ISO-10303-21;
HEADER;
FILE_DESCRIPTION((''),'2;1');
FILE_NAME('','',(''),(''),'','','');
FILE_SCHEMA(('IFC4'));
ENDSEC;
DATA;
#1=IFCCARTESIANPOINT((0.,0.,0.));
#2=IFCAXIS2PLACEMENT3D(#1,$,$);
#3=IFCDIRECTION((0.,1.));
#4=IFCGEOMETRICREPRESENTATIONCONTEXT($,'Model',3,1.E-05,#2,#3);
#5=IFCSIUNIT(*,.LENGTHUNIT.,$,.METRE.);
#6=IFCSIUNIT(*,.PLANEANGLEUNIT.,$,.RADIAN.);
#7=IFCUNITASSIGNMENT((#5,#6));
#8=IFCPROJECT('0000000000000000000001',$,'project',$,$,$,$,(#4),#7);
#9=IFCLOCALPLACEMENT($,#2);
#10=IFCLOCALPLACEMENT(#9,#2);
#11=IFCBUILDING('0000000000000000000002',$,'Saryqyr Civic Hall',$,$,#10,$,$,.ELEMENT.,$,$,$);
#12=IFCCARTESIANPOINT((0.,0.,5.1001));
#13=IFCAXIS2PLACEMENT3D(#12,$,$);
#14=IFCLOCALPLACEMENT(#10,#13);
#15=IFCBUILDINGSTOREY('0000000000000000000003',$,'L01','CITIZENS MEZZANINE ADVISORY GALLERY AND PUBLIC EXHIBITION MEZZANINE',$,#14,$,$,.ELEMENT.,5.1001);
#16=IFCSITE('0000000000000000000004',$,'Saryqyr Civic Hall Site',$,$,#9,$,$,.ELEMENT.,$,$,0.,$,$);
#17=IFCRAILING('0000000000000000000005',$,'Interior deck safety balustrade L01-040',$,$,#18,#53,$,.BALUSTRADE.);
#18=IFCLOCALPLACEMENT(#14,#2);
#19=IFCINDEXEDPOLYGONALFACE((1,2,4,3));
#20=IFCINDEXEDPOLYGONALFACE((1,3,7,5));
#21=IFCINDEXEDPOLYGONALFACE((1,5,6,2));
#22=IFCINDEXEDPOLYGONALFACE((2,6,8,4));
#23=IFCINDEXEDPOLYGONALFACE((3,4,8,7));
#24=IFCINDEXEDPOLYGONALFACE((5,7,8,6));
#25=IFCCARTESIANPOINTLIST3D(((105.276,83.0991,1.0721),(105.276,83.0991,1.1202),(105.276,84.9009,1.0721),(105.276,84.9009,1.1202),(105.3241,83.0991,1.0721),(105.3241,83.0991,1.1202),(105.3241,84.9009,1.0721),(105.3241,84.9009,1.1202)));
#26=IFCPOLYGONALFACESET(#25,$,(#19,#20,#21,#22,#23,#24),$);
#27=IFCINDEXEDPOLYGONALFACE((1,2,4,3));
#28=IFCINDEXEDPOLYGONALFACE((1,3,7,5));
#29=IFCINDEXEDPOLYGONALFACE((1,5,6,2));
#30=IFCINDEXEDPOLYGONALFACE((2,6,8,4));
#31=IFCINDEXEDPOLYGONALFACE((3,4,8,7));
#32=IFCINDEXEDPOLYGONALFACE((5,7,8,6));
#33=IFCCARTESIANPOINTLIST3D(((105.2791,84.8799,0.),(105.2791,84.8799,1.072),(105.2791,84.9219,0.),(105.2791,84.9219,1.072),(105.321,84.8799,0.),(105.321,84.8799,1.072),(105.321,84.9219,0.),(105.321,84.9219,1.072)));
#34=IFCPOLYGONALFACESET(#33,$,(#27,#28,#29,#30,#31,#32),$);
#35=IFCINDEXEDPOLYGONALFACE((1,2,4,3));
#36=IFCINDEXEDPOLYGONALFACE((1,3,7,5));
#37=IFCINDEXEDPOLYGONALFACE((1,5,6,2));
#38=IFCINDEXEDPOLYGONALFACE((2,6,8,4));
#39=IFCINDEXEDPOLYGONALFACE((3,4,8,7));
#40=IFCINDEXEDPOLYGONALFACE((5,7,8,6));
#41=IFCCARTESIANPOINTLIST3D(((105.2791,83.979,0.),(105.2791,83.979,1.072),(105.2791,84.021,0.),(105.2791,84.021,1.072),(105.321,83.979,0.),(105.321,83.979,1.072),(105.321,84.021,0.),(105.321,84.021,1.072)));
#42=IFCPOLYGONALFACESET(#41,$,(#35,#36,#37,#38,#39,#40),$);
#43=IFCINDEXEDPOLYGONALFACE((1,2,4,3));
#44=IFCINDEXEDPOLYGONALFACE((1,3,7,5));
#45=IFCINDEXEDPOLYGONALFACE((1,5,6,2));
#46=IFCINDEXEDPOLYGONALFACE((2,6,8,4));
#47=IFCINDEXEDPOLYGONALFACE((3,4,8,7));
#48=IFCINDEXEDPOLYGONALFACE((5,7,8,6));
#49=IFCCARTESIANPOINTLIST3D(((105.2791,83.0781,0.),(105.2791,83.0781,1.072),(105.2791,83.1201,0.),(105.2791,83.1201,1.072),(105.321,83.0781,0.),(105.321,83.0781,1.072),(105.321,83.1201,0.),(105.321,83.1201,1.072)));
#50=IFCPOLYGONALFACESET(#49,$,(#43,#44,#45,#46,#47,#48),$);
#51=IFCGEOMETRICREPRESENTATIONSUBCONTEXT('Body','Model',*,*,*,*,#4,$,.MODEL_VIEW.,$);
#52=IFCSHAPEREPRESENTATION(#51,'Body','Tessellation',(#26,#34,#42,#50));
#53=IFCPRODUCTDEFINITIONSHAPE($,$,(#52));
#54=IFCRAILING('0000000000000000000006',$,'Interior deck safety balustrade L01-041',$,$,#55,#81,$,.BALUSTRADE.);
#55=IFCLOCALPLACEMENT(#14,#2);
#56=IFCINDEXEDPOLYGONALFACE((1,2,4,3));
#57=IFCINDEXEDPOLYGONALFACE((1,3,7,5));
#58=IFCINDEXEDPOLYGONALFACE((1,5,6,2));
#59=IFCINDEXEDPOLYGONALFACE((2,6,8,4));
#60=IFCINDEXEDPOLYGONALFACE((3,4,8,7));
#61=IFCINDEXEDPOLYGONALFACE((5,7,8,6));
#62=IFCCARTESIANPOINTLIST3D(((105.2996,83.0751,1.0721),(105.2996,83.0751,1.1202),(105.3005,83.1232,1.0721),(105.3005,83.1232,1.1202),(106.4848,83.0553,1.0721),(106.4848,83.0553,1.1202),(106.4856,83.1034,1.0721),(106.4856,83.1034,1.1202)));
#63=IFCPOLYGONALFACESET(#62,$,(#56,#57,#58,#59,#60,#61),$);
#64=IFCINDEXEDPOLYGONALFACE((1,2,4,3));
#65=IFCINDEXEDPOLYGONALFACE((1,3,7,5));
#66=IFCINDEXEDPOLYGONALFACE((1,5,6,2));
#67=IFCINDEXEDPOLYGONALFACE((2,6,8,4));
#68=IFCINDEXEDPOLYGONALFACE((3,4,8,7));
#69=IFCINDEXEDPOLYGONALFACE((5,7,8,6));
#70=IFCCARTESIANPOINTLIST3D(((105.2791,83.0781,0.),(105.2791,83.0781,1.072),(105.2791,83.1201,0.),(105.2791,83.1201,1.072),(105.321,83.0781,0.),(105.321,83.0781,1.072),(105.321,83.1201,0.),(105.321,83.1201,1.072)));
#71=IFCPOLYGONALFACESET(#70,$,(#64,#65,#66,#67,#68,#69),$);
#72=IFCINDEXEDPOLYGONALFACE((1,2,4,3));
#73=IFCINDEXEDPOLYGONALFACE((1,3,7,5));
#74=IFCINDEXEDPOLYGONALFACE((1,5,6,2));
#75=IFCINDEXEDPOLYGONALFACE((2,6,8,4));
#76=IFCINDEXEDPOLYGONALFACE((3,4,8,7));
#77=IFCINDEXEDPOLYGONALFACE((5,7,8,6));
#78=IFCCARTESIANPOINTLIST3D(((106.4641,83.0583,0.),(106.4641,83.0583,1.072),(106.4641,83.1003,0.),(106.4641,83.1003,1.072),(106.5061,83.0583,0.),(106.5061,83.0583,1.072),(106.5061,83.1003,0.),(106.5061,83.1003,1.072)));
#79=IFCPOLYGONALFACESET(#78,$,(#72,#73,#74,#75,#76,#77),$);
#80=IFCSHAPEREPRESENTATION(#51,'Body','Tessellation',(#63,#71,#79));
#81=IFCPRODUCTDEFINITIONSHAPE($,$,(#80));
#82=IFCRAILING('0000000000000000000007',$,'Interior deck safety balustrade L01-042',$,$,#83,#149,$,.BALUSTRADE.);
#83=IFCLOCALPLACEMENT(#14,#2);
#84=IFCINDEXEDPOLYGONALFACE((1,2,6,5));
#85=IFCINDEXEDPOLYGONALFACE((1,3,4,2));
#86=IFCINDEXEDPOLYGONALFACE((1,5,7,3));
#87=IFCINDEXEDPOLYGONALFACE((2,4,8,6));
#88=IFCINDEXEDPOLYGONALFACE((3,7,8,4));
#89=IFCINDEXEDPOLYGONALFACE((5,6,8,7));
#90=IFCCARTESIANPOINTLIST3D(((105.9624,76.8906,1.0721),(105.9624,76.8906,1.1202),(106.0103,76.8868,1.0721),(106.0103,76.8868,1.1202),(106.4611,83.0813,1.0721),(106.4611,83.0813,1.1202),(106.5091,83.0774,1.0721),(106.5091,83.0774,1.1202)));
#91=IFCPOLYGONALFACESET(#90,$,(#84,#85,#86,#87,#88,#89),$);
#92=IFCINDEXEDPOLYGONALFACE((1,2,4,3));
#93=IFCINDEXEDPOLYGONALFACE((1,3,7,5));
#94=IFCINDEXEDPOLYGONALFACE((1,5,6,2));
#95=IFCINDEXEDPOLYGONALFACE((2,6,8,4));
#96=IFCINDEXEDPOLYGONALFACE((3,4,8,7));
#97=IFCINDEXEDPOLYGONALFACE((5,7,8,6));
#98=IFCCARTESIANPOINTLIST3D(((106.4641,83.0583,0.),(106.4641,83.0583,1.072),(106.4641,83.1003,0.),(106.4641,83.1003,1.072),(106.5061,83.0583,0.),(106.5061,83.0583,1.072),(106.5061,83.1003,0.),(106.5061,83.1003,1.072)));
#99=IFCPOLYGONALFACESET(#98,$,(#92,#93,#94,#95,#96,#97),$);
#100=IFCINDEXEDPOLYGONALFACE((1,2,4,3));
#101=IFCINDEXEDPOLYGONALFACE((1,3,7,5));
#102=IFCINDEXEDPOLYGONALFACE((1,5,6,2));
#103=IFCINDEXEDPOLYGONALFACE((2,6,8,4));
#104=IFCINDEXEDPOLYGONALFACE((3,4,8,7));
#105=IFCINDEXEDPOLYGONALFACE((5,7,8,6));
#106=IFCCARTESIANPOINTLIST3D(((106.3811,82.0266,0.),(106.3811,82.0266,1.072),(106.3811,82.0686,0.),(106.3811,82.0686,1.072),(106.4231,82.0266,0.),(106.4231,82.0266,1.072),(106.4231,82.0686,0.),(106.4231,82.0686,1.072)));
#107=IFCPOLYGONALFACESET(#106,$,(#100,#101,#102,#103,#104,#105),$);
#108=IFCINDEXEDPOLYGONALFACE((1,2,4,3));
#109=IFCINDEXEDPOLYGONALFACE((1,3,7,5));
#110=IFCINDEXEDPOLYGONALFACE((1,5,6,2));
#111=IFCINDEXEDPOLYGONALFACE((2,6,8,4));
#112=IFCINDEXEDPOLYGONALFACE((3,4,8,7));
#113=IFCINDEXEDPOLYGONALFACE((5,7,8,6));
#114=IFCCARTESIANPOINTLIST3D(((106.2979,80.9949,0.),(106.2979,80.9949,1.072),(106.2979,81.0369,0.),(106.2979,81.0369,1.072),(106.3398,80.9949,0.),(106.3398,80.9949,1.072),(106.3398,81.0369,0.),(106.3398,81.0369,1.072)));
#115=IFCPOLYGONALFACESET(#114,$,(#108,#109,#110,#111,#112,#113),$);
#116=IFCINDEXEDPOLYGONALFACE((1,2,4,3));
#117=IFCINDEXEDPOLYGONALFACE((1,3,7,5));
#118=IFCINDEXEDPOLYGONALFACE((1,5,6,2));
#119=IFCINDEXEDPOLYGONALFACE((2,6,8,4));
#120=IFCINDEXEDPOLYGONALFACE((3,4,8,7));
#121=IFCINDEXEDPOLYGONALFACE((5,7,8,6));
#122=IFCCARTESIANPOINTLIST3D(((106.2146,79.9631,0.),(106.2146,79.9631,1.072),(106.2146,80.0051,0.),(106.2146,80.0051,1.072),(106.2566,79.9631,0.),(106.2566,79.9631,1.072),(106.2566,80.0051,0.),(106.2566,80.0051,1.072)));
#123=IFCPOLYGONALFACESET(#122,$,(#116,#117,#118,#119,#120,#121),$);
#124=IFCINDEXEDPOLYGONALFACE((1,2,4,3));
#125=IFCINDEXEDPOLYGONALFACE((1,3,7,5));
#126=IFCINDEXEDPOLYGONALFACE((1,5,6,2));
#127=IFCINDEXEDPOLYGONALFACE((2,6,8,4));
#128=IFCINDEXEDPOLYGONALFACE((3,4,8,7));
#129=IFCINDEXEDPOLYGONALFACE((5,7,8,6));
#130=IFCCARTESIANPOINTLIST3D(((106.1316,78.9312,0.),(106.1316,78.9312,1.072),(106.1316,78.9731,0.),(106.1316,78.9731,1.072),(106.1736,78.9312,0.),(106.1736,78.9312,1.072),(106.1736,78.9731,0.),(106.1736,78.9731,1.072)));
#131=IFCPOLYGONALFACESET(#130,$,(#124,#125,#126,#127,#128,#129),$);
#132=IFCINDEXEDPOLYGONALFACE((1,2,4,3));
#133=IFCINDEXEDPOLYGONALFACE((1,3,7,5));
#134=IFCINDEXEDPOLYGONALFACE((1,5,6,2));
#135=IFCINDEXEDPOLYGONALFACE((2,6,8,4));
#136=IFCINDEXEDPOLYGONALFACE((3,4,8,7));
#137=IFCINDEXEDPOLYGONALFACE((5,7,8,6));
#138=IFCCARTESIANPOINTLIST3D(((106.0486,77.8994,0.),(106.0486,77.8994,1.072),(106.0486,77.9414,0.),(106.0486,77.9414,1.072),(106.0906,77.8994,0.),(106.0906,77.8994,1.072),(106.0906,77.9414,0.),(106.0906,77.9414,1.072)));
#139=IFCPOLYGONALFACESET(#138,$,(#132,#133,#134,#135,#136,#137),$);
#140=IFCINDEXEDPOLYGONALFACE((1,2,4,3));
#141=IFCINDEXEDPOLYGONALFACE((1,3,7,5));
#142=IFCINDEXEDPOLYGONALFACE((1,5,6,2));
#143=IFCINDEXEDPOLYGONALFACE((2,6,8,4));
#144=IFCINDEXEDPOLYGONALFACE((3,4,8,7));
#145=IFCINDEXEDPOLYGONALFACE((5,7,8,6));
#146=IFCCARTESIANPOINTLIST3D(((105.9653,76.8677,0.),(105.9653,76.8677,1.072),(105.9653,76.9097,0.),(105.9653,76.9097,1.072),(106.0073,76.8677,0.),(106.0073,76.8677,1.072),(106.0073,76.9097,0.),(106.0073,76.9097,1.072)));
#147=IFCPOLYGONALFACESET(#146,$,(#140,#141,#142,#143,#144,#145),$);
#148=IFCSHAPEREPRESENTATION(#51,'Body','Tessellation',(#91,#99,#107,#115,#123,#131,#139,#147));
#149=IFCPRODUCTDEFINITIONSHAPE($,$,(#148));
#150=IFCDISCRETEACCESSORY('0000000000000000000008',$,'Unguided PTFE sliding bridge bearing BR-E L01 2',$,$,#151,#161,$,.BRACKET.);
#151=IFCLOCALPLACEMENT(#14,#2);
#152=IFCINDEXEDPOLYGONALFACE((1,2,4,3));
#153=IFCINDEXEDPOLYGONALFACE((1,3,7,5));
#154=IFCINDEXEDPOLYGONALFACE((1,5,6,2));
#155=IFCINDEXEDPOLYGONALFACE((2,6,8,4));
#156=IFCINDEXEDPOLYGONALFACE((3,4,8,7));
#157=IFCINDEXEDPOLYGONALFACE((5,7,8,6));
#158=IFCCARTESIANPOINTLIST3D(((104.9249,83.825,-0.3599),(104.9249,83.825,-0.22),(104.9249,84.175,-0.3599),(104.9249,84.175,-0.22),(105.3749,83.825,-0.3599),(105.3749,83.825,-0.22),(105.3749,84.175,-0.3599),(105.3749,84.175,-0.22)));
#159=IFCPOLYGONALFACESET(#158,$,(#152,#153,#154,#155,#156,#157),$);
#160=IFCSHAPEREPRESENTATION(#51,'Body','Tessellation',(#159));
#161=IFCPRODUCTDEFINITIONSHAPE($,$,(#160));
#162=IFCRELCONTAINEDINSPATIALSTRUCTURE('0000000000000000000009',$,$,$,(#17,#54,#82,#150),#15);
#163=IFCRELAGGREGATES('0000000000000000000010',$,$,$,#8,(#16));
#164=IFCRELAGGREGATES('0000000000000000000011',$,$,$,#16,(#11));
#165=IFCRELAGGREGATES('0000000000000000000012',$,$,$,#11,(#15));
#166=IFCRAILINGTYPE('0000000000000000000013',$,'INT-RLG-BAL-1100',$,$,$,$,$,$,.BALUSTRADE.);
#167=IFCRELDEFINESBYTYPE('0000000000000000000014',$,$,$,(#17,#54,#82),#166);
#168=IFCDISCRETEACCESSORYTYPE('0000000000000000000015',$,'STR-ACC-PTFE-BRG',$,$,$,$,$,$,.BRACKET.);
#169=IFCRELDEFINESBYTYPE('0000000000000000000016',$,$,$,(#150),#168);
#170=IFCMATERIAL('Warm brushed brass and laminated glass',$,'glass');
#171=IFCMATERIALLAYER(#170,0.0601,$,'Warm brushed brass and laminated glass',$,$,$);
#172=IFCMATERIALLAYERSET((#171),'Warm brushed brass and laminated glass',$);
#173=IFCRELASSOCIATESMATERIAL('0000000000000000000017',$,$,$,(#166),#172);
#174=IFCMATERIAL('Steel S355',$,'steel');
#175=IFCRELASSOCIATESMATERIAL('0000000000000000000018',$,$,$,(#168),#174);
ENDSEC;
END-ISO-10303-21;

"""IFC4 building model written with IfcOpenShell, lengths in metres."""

from ifc_helpers import new_model, si_unit, direction, frame, origin, origin_2d, place, context, subcontext, project, spatial, rectangle, extrude, material, layer, layer_set, type_object, element, save


model = new_model("IFC4")

# Units and contexts
model_context = context("Model", 3, precision=1e-05, world=origin(), true_north=direction((0.0, 1.0)))
body_context = subcontext(model_context, "Body", "Model", "MODEL_VIEW")
ifc_project = project(units=[si_unit("LENGTHUNIT", "METRE"), si_unit("PLANEANGLEUNIT", "RADIAN")], contexts=[model_context])

# Site, building, storey
site_placement = place(None, origin())
site = spatial("IfcSite", under=ifc_project, at=site_placement, Name="Saryqyr Civic Hall Site", CompositionType="ELEMENT", RefElevation=0.0)
building_placement = place(site_placement, origin())
building = spatial("IfcBuilding", under=site, at=building_placement, Name="Saryqyr Civic Hall", CompositionType="ELEMENT")
storey_placement = place(building_placement, frame((0.0, 0.0, 5.1001)))
storey = spatial("IfcBuildingStorey", under=building, at=storey_placement, Name="L01", Description="CITIZENS MEZZANINE ADVISORY GALLERY AND PUBLIC EXHIBITION MEZZANINE", CompositionType="ELEMENT", Elevation=5.1001)

# Shared definitions
ifc_material_1 = material(Name="Steel S355", Category="steel")

# Railings
ifc_material_2 = material(Name="Warm brushed brass and laminated glass", Category="glass")
ifc_layer_1 = layer(ifc_material_2, 0.0601, Name="Warm brushed brass and laminated glass")
ifc_layer_set_1 = layer_set([ifc_layer_1], Name="Warm brushed brass and laminated glass")
railing_type = type_object("IfcRailingType", Name="INT-RLG-BAL-1100", PredefinedType="BALUSTRADE", material=ifc_layer_set_1)
railing_1_placement = place(storey_placement, frame((105.3, 84.9009, 0.0)))
element("IfcRailing", 1, at=railing_1_placement, inside=storey, type_object=railing_type, Name="Interior deck safety balustrade L01-040", PredefinedType="BALUSTRADE", context=body_context, shape_type="SweptSolid", body=[
    extrude(rectangle(XDim=0.0481, YDim=0.0481, at=origin_2d()), frame((0.0, 0.0, 1.0962), z_axis=(0.0, -1.0, 0.0), x_axis=(1.0, 0.0, 0.0)), (0.0, 0.0, 1.0), 1.8018),
    extrude(rectangle(XDim=0.042, YDim=0.042, at=origin_2d()), origin(), (0.0, 0.0, 1.0), 1.072),
    extrude(rectangle(XDim=0.042, YDim=0.042, at=origin_2d()), frame((0.0, -0.9009, 0.0)), (0.0, 0.0, 1.0), 1.072),
    extrude(rectangle(XDim=0.042, YDim=0.042, at=origin_2d()), frame((0.0, -1.8018, 0.0)), (0.0, 0.0, 1.0), 1.072),
])
railing_2_placement = place(storey_placement, frame((105.3, 83.0991, 0.0)))
element("IfcRailing", 2, at=railing_2_placement, inside=storey, type_object=railing_type, Name="Interior deck safety balustrade L01-041", PredefinedType="BALUSTRADE", context=body_context, shape_type="SweptSolid", body=[
    extrude(rectangle(XDim=0.0481, YDim=0.0481, at=origin_2d()), frame((0.0, 0.0, 1.0962), z_axis=(0.999861, -0.016685, 0.0), x_axis=(0.016685, 0.999861, 0.0)), (0.0, 0.0, 1.0), 1.1853),
    extrude(rectangle(XDim=0.042, YDim=0.042, at=origin_2d()), origin(), (0.0, 0.0, 1.0), 1.072),
    extrude(rectangle(XDim=0.042, YDim=0.042, at=origin_2d()), frame((1.1851, -0.0198, 0.0)), (0.0, 0.0, 1.0), 1.072),
])
railing_3_placement = place(storey_placement, frame((106.4851, 83.0793, 0.0)))
element("IfcRailing", 3, at=railing_3_placement, inside=storey, type_object=railing_type, Name="Interior deck safety balustrade L01-042", PredefinedType="BALUSTRADE", context=body_context, shape_type="SweptSolid", body=[
    extrude(rectangle(XDim=0.0481, YDim=0.0481, at=origin_2d()), frame((0.0, 0.0, 1.0962), z_axis=(-0.080309, -0.99677, 0.0), x_axis=(0.99677, -0.080309, 0.0)), (0.0, 0.0, 1.0), 6.2107),
    extrude(rectangle(XDim=0.042, YDim=0.042, at=origin_2d()), origin(), (0.0, 0.0, 1.0), 1.072),
    extrude(rectangle(XDim=0.042, YDim=0.042, at=origin_2d()), frame((-0.083, -1.0317, 0.0)), (0.0, 0.0, 1.0), 1.072),
    extrude(rectangle(XDim=0.042, YDim=0.042, at=origin_2d()), frame((-0.1663, -2.0635, 0.0)), (0.0, 0.0, 1.0), 1.072),
    extrude(rectangle(XDim=0.042, YDim=0.042, at=origin_2d()), frame((-0.2495, -3.0952, 0.0)), (0.0, 0.0, 1.0), 1.072),
    extrude(rectangle(XDim=0.042, YDim=0.042, at=origin_2d()), frame((-0.3325, -4.1272, 0.0)), (0.0, 0.0, 1.0), 1.072),
    extrude(rectangle(XDim=0.042, YDim=0.042, at=origin_2d()), frame((-0.4155, -5.1589, 0.0)), (0.0, 0.0, 1.0), 1.072),
    extrude(rectangle(XDim=0.042, YDim=0.042, at=origin_2d()), frame((-0.4988, -6.1907, 0.0)), (0.0, 0.0, 1.0), 1.072),
])

# Discrete accessory
discrete_accessory_type = type_object("IfcDiscreteAccessoryType", Name="STR-ACC-PTFE-BRG", PredefinedType="BRACKET", material=ifc_material_1)
discrete_accessory_placement = place(storey_placement, frame((105.1499, 84.0, -0.3599), z_axis=(0.0, 0.0, 1.0), x_axis=(1.0, 0.0, 0.0)))
element("IfcDiscreteAccessory", 4, at=discrete_accessory_placement, inside=storey, type_object=discrete_accessory_type, Name="Unguided PTFE sliding bridge bearing BR-E L01 2", PredefinedType="BRACKET", context=body_context, shape_type="SweptSolid", body=[
    extrude(rectangle(XDim=0.45, YDim=0.3501, at=origin_2d()), origin(), (0.0, 0.0, 1.0), 0.1399),
])

save(model, "model.ifc")
